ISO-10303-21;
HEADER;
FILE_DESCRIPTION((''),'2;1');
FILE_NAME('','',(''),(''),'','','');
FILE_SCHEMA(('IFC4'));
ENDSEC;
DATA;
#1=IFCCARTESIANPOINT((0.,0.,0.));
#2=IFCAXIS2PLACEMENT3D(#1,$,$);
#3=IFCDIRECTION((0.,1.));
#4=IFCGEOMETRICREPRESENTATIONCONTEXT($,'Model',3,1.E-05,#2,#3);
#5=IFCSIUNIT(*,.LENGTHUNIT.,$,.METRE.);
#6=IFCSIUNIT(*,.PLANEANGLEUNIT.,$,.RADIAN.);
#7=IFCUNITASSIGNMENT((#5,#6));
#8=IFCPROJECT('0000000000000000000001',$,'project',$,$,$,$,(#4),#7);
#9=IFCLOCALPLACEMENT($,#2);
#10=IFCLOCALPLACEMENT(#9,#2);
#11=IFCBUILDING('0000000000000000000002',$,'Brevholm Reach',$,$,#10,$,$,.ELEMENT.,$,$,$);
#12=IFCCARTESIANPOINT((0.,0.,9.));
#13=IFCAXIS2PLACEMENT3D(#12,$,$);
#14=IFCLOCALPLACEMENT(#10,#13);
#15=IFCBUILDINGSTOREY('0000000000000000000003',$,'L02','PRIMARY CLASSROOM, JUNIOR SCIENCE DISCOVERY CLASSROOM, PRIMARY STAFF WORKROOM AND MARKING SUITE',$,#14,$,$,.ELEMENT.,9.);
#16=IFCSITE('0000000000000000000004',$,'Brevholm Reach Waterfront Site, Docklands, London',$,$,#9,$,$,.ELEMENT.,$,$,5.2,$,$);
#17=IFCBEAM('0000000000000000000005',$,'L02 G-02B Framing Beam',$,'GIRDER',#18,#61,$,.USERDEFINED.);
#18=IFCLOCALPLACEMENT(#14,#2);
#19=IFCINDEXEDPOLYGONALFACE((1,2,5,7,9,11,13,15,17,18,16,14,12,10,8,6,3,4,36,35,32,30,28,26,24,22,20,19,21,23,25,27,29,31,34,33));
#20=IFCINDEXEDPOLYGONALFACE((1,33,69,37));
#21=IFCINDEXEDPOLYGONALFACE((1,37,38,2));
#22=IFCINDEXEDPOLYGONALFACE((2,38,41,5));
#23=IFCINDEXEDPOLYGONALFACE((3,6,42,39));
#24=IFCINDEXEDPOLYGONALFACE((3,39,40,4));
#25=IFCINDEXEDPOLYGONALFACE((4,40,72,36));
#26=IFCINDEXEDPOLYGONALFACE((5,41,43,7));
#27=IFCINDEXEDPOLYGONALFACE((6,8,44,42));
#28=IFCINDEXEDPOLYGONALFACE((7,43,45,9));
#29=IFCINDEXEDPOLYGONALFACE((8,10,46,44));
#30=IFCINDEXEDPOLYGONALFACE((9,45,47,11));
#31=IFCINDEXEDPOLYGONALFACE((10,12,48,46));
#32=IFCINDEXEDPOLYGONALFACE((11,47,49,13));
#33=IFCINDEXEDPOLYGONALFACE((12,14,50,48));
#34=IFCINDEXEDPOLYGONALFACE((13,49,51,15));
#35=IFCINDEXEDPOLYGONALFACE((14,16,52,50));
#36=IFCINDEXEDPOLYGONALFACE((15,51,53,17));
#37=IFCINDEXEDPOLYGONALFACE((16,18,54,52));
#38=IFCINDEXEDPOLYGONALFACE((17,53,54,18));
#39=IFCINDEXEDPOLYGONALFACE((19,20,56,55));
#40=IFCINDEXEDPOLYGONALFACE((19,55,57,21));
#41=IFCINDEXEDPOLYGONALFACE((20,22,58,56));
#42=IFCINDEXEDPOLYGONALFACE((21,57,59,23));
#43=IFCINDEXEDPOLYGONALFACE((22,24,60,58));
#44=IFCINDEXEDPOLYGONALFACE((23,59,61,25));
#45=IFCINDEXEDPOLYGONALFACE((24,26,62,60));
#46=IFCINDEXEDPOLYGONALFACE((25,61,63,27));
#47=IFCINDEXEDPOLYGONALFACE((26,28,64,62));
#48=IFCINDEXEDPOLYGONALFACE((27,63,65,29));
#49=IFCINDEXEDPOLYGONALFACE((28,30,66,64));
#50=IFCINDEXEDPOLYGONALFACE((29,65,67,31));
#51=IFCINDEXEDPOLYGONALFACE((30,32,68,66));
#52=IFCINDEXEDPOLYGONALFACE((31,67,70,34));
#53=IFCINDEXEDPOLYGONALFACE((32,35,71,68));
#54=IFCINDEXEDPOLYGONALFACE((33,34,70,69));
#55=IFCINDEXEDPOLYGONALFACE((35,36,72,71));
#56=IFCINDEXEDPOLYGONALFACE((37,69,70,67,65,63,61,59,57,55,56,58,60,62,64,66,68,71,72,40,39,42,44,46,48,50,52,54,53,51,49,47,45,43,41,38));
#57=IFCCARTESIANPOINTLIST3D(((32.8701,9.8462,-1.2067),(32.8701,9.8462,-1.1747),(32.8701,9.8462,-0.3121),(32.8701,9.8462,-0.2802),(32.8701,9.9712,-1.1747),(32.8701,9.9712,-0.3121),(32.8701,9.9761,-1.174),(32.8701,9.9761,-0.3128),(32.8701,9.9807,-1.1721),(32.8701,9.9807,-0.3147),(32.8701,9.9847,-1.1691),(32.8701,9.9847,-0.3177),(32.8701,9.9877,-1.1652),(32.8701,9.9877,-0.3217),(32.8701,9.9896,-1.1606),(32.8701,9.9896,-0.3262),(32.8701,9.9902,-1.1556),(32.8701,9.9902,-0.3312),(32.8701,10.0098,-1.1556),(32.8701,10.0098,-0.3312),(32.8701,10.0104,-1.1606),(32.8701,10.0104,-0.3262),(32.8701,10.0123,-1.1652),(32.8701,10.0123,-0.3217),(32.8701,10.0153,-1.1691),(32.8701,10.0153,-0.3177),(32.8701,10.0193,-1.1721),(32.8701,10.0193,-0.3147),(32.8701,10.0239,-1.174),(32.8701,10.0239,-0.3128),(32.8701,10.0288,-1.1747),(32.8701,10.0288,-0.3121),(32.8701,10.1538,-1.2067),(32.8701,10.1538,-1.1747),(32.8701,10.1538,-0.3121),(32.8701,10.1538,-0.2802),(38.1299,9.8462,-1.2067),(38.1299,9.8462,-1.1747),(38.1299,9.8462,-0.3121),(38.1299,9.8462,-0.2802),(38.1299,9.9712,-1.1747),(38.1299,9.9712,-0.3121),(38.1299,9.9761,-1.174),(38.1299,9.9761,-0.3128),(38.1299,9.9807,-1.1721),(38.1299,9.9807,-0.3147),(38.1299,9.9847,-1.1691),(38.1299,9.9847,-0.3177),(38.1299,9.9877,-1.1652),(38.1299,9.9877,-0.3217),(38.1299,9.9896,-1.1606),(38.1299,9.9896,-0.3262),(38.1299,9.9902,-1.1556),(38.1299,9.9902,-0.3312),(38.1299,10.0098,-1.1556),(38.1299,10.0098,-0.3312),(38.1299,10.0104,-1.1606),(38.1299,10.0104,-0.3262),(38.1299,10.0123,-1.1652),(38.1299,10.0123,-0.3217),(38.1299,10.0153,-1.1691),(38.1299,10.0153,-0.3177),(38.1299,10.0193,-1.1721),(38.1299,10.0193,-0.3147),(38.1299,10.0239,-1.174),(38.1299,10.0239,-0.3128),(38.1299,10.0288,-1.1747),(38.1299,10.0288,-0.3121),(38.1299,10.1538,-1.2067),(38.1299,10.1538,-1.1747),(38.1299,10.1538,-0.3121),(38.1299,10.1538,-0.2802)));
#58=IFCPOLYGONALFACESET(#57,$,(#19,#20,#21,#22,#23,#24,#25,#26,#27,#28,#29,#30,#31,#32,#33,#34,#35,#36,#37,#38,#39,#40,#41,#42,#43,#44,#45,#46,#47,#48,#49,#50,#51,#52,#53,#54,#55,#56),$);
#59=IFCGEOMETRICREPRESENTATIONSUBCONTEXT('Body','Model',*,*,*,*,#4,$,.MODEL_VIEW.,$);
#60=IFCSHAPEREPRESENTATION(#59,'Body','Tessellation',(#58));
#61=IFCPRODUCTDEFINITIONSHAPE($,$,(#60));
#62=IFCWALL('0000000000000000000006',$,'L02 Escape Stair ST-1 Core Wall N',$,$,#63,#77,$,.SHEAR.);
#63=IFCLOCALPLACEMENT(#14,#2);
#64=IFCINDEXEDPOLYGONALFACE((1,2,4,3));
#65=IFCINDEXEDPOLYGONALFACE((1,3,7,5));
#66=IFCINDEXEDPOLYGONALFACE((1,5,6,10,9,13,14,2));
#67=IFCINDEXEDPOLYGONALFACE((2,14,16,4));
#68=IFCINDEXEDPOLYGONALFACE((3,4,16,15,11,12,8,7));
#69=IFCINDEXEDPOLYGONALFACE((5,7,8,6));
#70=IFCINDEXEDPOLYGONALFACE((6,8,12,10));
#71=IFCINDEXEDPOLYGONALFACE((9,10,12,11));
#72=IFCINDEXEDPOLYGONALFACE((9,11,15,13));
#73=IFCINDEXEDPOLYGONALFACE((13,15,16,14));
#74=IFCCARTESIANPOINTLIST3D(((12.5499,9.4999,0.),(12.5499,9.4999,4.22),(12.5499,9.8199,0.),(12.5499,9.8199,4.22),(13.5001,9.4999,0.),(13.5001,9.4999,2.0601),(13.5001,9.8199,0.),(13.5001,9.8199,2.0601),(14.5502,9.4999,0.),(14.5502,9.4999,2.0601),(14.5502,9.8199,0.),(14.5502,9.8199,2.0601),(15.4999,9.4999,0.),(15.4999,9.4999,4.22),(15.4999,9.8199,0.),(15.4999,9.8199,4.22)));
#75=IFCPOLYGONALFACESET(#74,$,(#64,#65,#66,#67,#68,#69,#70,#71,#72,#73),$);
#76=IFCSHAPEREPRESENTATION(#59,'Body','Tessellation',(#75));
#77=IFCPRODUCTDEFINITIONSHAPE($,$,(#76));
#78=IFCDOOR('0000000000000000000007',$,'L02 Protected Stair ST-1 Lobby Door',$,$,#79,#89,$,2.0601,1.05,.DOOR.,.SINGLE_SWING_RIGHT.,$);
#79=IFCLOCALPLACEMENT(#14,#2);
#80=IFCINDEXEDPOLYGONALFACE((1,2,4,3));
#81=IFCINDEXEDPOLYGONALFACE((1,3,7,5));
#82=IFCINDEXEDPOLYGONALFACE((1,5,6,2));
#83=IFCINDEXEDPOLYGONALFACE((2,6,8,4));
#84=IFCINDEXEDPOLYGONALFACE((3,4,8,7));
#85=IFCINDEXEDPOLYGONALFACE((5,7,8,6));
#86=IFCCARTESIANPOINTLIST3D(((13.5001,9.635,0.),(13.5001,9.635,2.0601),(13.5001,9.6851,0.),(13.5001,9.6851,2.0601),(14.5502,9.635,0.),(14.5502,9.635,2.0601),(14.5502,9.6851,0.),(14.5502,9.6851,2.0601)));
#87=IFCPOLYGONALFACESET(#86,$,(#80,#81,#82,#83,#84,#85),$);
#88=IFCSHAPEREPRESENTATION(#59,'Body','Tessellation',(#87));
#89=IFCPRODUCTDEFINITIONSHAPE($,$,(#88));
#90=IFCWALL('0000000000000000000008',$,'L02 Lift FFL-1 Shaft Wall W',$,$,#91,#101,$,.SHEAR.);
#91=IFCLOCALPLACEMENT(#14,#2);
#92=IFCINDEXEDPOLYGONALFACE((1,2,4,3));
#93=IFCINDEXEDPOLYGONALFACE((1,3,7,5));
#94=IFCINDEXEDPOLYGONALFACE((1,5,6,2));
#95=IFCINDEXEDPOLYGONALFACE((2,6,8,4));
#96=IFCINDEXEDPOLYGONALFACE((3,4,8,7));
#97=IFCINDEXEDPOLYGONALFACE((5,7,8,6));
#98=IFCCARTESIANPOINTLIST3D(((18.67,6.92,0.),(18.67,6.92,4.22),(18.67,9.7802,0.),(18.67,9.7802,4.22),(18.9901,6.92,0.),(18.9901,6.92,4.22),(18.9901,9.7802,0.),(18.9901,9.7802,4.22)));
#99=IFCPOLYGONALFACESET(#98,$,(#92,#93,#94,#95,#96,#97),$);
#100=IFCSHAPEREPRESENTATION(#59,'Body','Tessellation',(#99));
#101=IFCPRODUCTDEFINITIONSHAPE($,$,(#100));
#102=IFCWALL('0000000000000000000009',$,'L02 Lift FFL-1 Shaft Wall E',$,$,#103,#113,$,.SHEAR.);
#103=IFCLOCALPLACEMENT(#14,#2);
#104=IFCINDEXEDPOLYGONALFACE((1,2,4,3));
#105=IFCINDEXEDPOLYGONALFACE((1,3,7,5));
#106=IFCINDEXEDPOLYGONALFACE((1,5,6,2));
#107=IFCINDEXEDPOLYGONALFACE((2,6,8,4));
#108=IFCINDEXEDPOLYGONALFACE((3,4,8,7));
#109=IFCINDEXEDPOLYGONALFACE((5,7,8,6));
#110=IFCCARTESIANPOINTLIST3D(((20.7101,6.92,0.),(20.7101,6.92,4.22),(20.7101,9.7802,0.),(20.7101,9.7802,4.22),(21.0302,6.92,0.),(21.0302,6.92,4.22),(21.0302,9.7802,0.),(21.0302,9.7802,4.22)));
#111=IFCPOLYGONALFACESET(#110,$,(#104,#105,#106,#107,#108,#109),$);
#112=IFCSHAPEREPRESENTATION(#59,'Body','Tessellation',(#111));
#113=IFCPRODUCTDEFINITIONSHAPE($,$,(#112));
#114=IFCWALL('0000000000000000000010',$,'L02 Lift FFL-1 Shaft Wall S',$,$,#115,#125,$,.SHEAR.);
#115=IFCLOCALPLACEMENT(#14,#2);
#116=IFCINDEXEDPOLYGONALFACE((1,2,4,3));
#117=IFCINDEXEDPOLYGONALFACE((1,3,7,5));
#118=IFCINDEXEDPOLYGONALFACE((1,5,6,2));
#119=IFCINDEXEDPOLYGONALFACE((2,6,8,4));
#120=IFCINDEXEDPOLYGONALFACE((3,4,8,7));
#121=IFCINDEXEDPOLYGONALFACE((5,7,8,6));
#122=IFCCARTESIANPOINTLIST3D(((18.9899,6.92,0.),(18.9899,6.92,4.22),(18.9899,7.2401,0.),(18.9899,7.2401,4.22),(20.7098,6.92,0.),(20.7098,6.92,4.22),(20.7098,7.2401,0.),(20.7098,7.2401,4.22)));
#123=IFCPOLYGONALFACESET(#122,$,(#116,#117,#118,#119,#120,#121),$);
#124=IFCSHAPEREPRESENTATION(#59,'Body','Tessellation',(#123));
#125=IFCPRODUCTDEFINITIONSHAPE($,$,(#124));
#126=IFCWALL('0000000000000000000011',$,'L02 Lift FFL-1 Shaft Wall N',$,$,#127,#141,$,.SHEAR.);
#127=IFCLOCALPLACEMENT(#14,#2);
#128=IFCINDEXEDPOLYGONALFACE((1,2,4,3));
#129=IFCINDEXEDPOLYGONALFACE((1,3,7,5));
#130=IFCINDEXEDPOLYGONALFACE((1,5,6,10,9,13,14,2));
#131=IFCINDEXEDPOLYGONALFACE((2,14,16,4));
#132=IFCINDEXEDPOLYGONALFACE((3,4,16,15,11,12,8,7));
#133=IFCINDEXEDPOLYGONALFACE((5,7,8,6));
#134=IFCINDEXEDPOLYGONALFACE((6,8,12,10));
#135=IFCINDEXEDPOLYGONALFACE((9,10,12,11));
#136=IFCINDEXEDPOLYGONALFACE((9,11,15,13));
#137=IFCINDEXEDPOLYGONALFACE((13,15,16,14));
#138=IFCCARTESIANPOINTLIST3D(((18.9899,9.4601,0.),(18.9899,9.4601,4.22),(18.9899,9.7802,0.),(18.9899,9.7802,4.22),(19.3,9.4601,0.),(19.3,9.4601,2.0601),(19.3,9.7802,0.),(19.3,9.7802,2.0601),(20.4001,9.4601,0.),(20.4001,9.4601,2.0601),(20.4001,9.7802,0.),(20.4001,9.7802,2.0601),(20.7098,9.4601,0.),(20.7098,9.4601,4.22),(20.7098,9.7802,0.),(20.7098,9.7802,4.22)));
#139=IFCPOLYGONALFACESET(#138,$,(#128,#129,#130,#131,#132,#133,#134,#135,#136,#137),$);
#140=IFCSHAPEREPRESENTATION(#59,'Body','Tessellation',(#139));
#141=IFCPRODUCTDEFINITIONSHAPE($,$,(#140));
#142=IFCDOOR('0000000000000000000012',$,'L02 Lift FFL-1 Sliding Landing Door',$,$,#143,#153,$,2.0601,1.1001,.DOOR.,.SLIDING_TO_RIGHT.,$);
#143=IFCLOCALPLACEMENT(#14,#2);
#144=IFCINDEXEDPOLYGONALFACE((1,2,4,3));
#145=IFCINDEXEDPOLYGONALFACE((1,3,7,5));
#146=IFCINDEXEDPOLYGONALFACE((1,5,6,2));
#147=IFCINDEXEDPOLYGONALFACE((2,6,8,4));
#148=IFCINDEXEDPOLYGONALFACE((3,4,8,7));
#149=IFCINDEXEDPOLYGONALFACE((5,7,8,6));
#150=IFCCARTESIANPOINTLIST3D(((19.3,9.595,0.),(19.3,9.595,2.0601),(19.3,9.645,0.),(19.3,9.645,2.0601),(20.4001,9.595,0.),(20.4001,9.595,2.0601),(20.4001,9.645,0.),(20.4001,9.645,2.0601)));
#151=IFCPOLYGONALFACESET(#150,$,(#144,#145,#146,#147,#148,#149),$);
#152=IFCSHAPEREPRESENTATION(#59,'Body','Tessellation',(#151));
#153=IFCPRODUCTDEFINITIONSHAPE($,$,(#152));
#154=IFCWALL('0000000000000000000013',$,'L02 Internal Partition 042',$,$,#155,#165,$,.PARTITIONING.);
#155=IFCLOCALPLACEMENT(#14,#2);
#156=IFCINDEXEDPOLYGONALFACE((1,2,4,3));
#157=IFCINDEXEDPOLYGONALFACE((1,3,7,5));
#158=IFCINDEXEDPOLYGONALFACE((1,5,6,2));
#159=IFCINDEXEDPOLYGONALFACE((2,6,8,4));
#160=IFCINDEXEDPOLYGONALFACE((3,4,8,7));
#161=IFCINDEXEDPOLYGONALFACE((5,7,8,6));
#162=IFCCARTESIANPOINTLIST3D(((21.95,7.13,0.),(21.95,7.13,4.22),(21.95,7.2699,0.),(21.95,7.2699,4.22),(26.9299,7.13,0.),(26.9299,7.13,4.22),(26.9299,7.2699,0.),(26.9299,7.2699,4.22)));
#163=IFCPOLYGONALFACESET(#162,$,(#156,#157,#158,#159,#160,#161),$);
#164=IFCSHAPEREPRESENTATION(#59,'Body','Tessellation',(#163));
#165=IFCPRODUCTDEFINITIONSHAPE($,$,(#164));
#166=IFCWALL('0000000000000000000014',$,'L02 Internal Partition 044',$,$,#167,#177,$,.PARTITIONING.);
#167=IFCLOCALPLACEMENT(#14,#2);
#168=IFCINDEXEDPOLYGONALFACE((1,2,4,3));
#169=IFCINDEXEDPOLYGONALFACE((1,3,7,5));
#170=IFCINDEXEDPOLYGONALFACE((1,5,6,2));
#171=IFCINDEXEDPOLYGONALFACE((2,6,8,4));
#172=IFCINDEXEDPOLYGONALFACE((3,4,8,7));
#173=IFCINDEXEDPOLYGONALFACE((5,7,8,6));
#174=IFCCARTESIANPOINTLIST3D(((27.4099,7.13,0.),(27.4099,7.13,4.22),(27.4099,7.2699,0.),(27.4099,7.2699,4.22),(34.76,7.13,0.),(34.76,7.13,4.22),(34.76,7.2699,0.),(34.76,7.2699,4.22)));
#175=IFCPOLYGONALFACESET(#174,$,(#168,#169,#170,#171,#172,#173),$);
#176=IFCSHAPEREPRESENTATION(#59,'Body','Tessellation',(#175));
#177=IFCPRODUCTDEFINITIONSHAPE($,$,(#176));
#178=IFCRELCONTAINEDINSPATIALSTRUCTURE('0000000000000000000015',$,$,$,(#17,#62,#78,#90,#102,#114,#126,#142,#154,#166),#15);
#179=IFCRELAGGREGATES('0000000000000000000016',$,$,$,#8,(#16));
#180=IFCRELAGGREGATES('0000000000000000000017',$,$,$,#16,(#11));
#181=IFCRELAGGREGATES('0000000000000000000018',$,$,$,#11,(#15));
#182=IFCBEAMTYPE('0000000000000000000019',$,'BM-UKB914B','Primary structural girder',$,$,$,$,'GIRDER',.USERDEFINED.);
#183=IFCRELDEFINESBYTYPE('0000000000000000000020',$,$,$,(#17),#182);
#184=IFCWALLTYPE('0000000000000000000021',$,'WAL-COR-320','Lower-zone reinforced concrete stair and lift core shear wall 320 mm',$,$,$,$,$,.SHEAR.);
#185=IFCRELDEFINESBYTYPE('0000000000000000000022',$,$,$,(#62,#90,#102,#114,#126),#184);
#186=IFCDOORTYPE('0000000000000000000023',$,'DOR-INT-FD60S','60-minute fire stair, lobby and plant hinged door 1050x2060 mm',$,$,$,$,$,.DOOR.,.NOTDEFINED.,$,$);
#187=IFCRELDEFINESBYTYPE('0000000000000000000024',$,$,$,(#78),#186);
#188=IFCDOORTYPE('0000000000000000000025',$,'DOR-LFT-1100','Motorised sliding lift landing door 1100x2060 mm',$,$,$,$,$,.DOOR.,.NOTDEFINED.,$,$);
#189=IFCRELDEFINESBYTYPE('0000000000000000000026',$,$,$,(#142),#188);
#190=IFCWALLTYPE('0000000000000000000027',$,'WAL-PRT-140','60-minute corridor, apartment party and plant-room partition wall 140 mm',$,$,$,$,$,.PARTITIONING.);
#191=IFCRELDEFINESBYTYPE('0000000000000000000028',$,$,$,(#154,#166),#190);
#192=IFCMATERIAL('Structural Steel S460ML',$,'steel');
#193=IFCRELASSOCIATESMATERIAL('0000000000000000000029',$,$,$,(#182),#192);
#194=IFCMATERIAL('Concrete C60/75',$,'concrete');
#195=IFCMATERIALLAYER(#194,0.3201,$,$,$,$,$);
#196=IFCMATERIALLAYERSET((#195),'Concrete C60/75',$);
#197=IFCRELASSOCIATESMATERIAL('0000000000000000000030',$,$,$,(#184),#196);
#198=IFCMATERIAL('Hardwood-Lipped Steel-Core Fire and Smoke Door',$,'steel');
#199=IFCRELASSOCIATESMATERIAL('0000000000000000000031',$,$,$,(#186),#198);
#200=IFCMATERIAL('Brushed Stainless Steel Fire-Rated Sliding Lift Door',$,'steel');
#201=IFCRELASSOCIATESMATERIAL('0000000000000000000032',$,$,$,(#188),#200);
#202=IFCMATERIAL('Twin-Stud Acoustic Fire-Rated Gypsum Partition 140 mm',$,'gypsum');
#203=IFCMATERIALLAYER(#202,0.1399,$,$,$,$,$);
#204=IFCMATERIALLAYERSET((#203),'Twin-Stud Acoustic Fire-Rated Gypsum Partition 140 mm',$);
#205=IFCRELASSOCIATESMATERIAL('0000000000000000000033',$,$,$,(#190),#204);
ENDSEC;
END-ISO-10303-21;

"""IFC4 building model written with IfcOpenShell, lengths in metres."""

from ifc_helpers import new_model, si_unit, direction, frame, frame_2d, origin, origin_2d, place, context, subcontext, project, spatial, rectangle, i_section, extrude, material, layer, layer_set, material_profile, profile_set, type_object, element, fill, save


model = new_model("IFC4")

# Units and contexts
model_context = context("Model", 3, precision=1e-05, world=origin(), true_north=direction((0.0, 1.0)))
body_context = subcontext(model_context, "Body", "Model", "MODEL_VIEW")
ifc_project = project(units=[si_unit("LENGTHUNIT", "METRE"), si_unit("PLANEANGLEUNIT", "RADIAN")], contexts=[model_context])

# Site, building, storey
site_placement = place(None, origin())
site = spatial("IfcSite", under=ifc_project, at=site_placement, Name="Brevholm Reach Waterfront Site, Docklands, London", CompositionType="ELEMENT", RefElevation=5.2)
building_placement = place(site_placement, origin())
building = spatial("IfcBuilding", under=site, at=building_placement, Name="Brevholm Reach", CompositionType="ELEMENT")
storey_placement = place(building_placement, frame((0.0, 0.0, 9.0)))
storey = spatial("IfcBuildingStorey", under=building, at=storey_placement, Name="L02", Description="PRIMARY CLASSROOM, JUNIOR SCIENCE DISCOVERY CLASSROOM, PRIMARY STAFF WORKROOM AND MARKING SUITE", CompositionType="ELEMENT", Elevation=9.0)

# Beam
ifc_material_1 = material(Name="Structural Steel S460ML", Category="steel")
ifc_material_profile_1 = material_profile(ifc_material_1, i_section(OverallWidth=0.3076, OverallDepth=0.9265, WebThickness=0.0195, FlangeThickness=0.032, FilletRadius=0.019, at=origin_2d()), Name="UKB 914x305x289")
ifc_profile_set_1 = profile_set([ifc_material_profile_1], Name="Structural Steel S460ML")
beam_type_1 = type_object("IfcBeamType", Name="BM-UKB914B", Description="Primary structural girder", ElementType="GIRDER", PredefinedType="USERDEFINED", material=ifc_profile_set_1)
for number, where, z_axis, x_axis, name in (
    (1, (32.8701, 10.0, -0.7434), (1.0, 0.0, 0.0), (0.0, 1.0, 0.0), "L02 G-02B Framing Beam"),
):
    element("IfcBeam", number, at=place(storey_placement, frame(where, z_axis=z_axis, x_axis=x_axis)), inside=storey, type_object=beam_type_1, Name=name, ObjectType="GIRDER", PredefinedType="USERDEFINED", context=body_context, shape_type="SweptSolid", body=[
        extrude(i_section(OverallWidth=0.3076, OverallDepth=0.9265, WebThickness=0.0195, FlangeThickness=0.032, FilletRadius=0.019, at=origin_2d()), origin(), (0.0, 0.0, 1.0), 5.2598),
    ])

# Wall, opening, door
ifc_material_2 = material(Name="Concrete C60/75", Category="concrete")
ifc_layer_1 = layer(ifc_material_2, 0.3201)
ifc_layer_set_1 = layer_set([ifc_layer_1], Name="Concrete C60/75")
wall_type_1 = type_object("IfcWallType", Name="WAL-COR-320", Description="Lower-zone reinforced concrete stair and lift core shear wall 320 mm", PredefinedType="SHEAR", material=ifc_layer_set_1)
wall_1_placement = place(storey_placement, frame((15.5, 9.6599, 0.0), z_axis=(0.0, 0.0, 1.0), x_axis=(-1.0, 0.0, 0.0)))
wall_1 = element("IfcWall", 2, at=wall_1_placement, inside=storey, type_object=wall_type_1, Name="L02 Escape Stair ST-1 Core Wall N", PredefinedType="SHEAR", context=body_context, shape_type="SweptSolid", body=[
    extrude(rectangle(XDim=2.95, YDim=0.3201, at=frame_2d((1.4751, 0.0))), origin(), (0.0, 0.0, 1.0), 4.22),
])
opening_1_placement = place(wall_1_placement, frame((0.95, 0.0, 0.0)))
opening_1 = element("IfcOpeningElement", 3, at=opening_1_placement, cuts=wall_1, PredefinedType="OPENING", context=body_context, shape_type="SweptSolid", body=[
    extrude(rectangle(XDim=1.05, YDim=2.0601, at=frame_2d((0.5249, 1.03))), frame((0.0, 0.1699, 0.0), z_axis=(0.0, -1.0, 0.0), x_axis=(1.0, 0.0, 0.0)), (0.0, 0.0, 1.0), 0.3401),
])
ifc_material_3 = material(Name="Hardwood-Lipped Steel-Core Fire and Smoke Door", Category="steel")
door_type_1 = type_object("IfcDoorType", Name="DOR-INT-FD60S", Description="60-minute fire stair, lobby and plant hinged door 1050x2060 mm", OperationType="NOTDEFINED", PredefinedType="DOOR", material=ifc_material_3)
door_1_placement = place(opening_1_placement, origin())
door_1 = element("IfcDoor", 4, at=door_1_placement, inside=storey, type_object=door_type_1, Name="L02 Protected Stair ST-1 Lobby Door", OperationType="SINGLE_SWING_RIGHT", OverallHeight=2.0601, OverallWidth=1.05, PredefinedType="DOOR", context=body_context, shape_type="SweptSolid", body=[
    extrude(rectangle(XDim=1.05, YDim=2.0601, at=frame_2d((0.5249, 1.03))), frame((0.0, 0.0249, 0.0), z_axis=(0.0, -1.0, 0.0), x_axis=(1.0, 0.0, 0.0)), (0.0, 0.0, 1.0), 0.05),
])
fill(opening_1, door_1)

# Walls
for number, where, z_axis, x_axis, name in (
    (5, (18.8301, 6.9199, 0.0), (0.0, 0.0, 1.0), (0.0, 1.0, 0.0), "L02 Lift FFL-1 Shaft Wall W"),
    (6, (20.8701, 6.9199, 0.0), (0.0, 0.0, 1.0), (0.0, 1.0, 0.0), "L02 Lift FFL-1 Shaft Wall E"),
):
    element("IfcWall", number, at=place(storey_placement, frame(where, z_axis=z_axis, x_axis=x_axis)), inside=storey, type_object=wall_type_1, Name=name, PredefinedType="SHEAR", context=body_context, shape_type="SweptSolid", body=[
        extrude(rectangle(XDim=2.8601, YDim=0.3201, at=frame_2d((1.4302, 0.0))), origin(), (0.0, 0.0, 1.0), 4.22),
    ])
wall_2_placement = place(storey_placement, frame((18.99, 7.0801, 0.0), z_axis=(0.0, 0.0, 1.0), x_axis=(1.0, 0.0, 0.0)))
element("IfcWall", 7, at=wall_2_placement, inside=storey, type_object=wall_type_1, Name="L02 Lift FFL-1 Shaft Wall S", PredefinedType="SHEAR", context=body_context, shape_type="SweptSolid", body=[
    extrude(rectangle(XDim=1.72, YDim=0.3201, at=frame_2d((0.8599, 0.0))), origin(), (0.0, 0.0, 1.0), 4.22),
])

# Wall, opening, door
wall_3_placement = place(storey_placement, frame((18.99, 9.6201, 0.0), z_axis=(0.0, 0.0, 1.0), x_axis=(1.0, 0.0, 0.0)))
wall_3 = element("IfcWall", 8, at=wall_3_placement, inside=storey, type_object=wall_type_1, Name="L02 Lift FFL-1 Shaft Wall N", PredefinedType="SHEAR", context=body_context, shape_type="SweptSolid", body=[
    extrude(rectangle(XDim=1.72, YDim=0.3201, at=frame_2d((0.8599, 0.0))), origin(), (0.0, 0.0, 1.0), 4.22),
])
opening_2_placement = place(wall_3_placement, frame((0.3101, 0.0, 0.0)))
opening_2 = element("IfcOpeningElement", 9, at=opening_2_placement, cuts=wall_3, PredefinedType="OPENING", context=body_context, shape_type="SweptSolid", body=[
    extrude(rectangle(XDim=1.1001, YDim=2.0601, at=frame_2d((0.55, 1.03))), frame((0.0, 0.1699, 0.0), z_axis=(0.0, -1.0, 0.0), x_axis=(1.0, 0.0, 0.0)), (0.0, 0.0, 1.0), 0.3401),
])
ifc_material_4 = material(Name="Brushed Stainless Steel Fire-Rated Sliding Lift Door", Category="steel")
door_type_2 = type_object("IfcDoorType", Name="DOR-LFT-1100", Description="Motorised sliding lift landing door 1100x2060 mm", OperationType="NOTDEFINED", PredefinedType="DOOR", material=ifc_material_4)
door_2_placement = place(opening_2_placement, origin())
door_2 = element("IfcDoor", 10, at=door_2_placement, inside=storey, type_object=door_type_2, Name="L02 Lift FFL-1 Sliding Landing Door", OperationType="SLIDING_TO_RIGHT", OverallHeight=2.0601, OverallWidth=1.1001, PredefinedType="DOOR", context=body_context, shape_type="SweptSolid", body=[
    extrude(rectangle(XDim=1.1001, YDim=2.0601, at=frame_2d((0.55, 1.03))), frame((0.0, 0.0249, 0.0), z_axis=(0.0, -1.0, 0.0), x_axis=(1.0, 0.0, 0.0)), (0.0, 0.0, 1.0), 0.05),
])
fill(opening_2, door_2)

# Walls
ifc_material_5 = material(Name="Twin-Stud Acoustic Fire-Rated Gypsum Partition 140 mm", Category="gypsum")
ifc_layer_2 = layer(ifc_material_5, 0.1399)
ifc_layer_set_2 = layer_set([ifc_layer_2], Name="Twin-Stud Acoustic Fire-Rated Gypsum Partition 140 mm")
wall_type_2 = type_object("IfcWallType", Name="WAL-PRT-140", Description="60-minute corridor, apartment party and plant-room partition wall 140 mm", PredefinedType="PARTITIONING", material=ifc_layer_set_2)
wall_4_placement = place(storey_placement, frame((21.95, 7.2, 0.0), z_axis=(0.0, 0.0, 1.0), x_axis=(1.0, 0.0, 0.0)))
element("IfcWall", 11, at=wall_4_placement, inside=storey, type_object=wall_type_2, Name="L02 Internal Partition 042", PredefinedType="PARTITIONING", context=body_context, shape_type="SweptSolid", body=[
    extrude(rectangle(XDim=4.98, YDim=0.1399, at=frame_2d((2.49, 0.0))), origin(), (0.0, 0.0, 1.0), 4.22),
])
wall_5_placement = place(storey_placement, frame((27.4099, 7.2, 0.0), z_axis=(0.0, 0.0, 1.0), x_axis=(1.0, 0.0, 0.0)))
element("IfcWall", 12, at=wall_5_placement, inside=storey, type_object=wall_type_2, Name="L02 Internal Partition 044", PredefinedType="PARTITIONING", context=body_context, shape_type="SweptSolid", body=[
    extrude(rectangle(XDim=7.3501, YDim=0.1399, at=frame_2d((3.675, 0.0))), origin(), (0.0, 0.0, 1.0), 4.22),
])

save(model, "model.ifc")
